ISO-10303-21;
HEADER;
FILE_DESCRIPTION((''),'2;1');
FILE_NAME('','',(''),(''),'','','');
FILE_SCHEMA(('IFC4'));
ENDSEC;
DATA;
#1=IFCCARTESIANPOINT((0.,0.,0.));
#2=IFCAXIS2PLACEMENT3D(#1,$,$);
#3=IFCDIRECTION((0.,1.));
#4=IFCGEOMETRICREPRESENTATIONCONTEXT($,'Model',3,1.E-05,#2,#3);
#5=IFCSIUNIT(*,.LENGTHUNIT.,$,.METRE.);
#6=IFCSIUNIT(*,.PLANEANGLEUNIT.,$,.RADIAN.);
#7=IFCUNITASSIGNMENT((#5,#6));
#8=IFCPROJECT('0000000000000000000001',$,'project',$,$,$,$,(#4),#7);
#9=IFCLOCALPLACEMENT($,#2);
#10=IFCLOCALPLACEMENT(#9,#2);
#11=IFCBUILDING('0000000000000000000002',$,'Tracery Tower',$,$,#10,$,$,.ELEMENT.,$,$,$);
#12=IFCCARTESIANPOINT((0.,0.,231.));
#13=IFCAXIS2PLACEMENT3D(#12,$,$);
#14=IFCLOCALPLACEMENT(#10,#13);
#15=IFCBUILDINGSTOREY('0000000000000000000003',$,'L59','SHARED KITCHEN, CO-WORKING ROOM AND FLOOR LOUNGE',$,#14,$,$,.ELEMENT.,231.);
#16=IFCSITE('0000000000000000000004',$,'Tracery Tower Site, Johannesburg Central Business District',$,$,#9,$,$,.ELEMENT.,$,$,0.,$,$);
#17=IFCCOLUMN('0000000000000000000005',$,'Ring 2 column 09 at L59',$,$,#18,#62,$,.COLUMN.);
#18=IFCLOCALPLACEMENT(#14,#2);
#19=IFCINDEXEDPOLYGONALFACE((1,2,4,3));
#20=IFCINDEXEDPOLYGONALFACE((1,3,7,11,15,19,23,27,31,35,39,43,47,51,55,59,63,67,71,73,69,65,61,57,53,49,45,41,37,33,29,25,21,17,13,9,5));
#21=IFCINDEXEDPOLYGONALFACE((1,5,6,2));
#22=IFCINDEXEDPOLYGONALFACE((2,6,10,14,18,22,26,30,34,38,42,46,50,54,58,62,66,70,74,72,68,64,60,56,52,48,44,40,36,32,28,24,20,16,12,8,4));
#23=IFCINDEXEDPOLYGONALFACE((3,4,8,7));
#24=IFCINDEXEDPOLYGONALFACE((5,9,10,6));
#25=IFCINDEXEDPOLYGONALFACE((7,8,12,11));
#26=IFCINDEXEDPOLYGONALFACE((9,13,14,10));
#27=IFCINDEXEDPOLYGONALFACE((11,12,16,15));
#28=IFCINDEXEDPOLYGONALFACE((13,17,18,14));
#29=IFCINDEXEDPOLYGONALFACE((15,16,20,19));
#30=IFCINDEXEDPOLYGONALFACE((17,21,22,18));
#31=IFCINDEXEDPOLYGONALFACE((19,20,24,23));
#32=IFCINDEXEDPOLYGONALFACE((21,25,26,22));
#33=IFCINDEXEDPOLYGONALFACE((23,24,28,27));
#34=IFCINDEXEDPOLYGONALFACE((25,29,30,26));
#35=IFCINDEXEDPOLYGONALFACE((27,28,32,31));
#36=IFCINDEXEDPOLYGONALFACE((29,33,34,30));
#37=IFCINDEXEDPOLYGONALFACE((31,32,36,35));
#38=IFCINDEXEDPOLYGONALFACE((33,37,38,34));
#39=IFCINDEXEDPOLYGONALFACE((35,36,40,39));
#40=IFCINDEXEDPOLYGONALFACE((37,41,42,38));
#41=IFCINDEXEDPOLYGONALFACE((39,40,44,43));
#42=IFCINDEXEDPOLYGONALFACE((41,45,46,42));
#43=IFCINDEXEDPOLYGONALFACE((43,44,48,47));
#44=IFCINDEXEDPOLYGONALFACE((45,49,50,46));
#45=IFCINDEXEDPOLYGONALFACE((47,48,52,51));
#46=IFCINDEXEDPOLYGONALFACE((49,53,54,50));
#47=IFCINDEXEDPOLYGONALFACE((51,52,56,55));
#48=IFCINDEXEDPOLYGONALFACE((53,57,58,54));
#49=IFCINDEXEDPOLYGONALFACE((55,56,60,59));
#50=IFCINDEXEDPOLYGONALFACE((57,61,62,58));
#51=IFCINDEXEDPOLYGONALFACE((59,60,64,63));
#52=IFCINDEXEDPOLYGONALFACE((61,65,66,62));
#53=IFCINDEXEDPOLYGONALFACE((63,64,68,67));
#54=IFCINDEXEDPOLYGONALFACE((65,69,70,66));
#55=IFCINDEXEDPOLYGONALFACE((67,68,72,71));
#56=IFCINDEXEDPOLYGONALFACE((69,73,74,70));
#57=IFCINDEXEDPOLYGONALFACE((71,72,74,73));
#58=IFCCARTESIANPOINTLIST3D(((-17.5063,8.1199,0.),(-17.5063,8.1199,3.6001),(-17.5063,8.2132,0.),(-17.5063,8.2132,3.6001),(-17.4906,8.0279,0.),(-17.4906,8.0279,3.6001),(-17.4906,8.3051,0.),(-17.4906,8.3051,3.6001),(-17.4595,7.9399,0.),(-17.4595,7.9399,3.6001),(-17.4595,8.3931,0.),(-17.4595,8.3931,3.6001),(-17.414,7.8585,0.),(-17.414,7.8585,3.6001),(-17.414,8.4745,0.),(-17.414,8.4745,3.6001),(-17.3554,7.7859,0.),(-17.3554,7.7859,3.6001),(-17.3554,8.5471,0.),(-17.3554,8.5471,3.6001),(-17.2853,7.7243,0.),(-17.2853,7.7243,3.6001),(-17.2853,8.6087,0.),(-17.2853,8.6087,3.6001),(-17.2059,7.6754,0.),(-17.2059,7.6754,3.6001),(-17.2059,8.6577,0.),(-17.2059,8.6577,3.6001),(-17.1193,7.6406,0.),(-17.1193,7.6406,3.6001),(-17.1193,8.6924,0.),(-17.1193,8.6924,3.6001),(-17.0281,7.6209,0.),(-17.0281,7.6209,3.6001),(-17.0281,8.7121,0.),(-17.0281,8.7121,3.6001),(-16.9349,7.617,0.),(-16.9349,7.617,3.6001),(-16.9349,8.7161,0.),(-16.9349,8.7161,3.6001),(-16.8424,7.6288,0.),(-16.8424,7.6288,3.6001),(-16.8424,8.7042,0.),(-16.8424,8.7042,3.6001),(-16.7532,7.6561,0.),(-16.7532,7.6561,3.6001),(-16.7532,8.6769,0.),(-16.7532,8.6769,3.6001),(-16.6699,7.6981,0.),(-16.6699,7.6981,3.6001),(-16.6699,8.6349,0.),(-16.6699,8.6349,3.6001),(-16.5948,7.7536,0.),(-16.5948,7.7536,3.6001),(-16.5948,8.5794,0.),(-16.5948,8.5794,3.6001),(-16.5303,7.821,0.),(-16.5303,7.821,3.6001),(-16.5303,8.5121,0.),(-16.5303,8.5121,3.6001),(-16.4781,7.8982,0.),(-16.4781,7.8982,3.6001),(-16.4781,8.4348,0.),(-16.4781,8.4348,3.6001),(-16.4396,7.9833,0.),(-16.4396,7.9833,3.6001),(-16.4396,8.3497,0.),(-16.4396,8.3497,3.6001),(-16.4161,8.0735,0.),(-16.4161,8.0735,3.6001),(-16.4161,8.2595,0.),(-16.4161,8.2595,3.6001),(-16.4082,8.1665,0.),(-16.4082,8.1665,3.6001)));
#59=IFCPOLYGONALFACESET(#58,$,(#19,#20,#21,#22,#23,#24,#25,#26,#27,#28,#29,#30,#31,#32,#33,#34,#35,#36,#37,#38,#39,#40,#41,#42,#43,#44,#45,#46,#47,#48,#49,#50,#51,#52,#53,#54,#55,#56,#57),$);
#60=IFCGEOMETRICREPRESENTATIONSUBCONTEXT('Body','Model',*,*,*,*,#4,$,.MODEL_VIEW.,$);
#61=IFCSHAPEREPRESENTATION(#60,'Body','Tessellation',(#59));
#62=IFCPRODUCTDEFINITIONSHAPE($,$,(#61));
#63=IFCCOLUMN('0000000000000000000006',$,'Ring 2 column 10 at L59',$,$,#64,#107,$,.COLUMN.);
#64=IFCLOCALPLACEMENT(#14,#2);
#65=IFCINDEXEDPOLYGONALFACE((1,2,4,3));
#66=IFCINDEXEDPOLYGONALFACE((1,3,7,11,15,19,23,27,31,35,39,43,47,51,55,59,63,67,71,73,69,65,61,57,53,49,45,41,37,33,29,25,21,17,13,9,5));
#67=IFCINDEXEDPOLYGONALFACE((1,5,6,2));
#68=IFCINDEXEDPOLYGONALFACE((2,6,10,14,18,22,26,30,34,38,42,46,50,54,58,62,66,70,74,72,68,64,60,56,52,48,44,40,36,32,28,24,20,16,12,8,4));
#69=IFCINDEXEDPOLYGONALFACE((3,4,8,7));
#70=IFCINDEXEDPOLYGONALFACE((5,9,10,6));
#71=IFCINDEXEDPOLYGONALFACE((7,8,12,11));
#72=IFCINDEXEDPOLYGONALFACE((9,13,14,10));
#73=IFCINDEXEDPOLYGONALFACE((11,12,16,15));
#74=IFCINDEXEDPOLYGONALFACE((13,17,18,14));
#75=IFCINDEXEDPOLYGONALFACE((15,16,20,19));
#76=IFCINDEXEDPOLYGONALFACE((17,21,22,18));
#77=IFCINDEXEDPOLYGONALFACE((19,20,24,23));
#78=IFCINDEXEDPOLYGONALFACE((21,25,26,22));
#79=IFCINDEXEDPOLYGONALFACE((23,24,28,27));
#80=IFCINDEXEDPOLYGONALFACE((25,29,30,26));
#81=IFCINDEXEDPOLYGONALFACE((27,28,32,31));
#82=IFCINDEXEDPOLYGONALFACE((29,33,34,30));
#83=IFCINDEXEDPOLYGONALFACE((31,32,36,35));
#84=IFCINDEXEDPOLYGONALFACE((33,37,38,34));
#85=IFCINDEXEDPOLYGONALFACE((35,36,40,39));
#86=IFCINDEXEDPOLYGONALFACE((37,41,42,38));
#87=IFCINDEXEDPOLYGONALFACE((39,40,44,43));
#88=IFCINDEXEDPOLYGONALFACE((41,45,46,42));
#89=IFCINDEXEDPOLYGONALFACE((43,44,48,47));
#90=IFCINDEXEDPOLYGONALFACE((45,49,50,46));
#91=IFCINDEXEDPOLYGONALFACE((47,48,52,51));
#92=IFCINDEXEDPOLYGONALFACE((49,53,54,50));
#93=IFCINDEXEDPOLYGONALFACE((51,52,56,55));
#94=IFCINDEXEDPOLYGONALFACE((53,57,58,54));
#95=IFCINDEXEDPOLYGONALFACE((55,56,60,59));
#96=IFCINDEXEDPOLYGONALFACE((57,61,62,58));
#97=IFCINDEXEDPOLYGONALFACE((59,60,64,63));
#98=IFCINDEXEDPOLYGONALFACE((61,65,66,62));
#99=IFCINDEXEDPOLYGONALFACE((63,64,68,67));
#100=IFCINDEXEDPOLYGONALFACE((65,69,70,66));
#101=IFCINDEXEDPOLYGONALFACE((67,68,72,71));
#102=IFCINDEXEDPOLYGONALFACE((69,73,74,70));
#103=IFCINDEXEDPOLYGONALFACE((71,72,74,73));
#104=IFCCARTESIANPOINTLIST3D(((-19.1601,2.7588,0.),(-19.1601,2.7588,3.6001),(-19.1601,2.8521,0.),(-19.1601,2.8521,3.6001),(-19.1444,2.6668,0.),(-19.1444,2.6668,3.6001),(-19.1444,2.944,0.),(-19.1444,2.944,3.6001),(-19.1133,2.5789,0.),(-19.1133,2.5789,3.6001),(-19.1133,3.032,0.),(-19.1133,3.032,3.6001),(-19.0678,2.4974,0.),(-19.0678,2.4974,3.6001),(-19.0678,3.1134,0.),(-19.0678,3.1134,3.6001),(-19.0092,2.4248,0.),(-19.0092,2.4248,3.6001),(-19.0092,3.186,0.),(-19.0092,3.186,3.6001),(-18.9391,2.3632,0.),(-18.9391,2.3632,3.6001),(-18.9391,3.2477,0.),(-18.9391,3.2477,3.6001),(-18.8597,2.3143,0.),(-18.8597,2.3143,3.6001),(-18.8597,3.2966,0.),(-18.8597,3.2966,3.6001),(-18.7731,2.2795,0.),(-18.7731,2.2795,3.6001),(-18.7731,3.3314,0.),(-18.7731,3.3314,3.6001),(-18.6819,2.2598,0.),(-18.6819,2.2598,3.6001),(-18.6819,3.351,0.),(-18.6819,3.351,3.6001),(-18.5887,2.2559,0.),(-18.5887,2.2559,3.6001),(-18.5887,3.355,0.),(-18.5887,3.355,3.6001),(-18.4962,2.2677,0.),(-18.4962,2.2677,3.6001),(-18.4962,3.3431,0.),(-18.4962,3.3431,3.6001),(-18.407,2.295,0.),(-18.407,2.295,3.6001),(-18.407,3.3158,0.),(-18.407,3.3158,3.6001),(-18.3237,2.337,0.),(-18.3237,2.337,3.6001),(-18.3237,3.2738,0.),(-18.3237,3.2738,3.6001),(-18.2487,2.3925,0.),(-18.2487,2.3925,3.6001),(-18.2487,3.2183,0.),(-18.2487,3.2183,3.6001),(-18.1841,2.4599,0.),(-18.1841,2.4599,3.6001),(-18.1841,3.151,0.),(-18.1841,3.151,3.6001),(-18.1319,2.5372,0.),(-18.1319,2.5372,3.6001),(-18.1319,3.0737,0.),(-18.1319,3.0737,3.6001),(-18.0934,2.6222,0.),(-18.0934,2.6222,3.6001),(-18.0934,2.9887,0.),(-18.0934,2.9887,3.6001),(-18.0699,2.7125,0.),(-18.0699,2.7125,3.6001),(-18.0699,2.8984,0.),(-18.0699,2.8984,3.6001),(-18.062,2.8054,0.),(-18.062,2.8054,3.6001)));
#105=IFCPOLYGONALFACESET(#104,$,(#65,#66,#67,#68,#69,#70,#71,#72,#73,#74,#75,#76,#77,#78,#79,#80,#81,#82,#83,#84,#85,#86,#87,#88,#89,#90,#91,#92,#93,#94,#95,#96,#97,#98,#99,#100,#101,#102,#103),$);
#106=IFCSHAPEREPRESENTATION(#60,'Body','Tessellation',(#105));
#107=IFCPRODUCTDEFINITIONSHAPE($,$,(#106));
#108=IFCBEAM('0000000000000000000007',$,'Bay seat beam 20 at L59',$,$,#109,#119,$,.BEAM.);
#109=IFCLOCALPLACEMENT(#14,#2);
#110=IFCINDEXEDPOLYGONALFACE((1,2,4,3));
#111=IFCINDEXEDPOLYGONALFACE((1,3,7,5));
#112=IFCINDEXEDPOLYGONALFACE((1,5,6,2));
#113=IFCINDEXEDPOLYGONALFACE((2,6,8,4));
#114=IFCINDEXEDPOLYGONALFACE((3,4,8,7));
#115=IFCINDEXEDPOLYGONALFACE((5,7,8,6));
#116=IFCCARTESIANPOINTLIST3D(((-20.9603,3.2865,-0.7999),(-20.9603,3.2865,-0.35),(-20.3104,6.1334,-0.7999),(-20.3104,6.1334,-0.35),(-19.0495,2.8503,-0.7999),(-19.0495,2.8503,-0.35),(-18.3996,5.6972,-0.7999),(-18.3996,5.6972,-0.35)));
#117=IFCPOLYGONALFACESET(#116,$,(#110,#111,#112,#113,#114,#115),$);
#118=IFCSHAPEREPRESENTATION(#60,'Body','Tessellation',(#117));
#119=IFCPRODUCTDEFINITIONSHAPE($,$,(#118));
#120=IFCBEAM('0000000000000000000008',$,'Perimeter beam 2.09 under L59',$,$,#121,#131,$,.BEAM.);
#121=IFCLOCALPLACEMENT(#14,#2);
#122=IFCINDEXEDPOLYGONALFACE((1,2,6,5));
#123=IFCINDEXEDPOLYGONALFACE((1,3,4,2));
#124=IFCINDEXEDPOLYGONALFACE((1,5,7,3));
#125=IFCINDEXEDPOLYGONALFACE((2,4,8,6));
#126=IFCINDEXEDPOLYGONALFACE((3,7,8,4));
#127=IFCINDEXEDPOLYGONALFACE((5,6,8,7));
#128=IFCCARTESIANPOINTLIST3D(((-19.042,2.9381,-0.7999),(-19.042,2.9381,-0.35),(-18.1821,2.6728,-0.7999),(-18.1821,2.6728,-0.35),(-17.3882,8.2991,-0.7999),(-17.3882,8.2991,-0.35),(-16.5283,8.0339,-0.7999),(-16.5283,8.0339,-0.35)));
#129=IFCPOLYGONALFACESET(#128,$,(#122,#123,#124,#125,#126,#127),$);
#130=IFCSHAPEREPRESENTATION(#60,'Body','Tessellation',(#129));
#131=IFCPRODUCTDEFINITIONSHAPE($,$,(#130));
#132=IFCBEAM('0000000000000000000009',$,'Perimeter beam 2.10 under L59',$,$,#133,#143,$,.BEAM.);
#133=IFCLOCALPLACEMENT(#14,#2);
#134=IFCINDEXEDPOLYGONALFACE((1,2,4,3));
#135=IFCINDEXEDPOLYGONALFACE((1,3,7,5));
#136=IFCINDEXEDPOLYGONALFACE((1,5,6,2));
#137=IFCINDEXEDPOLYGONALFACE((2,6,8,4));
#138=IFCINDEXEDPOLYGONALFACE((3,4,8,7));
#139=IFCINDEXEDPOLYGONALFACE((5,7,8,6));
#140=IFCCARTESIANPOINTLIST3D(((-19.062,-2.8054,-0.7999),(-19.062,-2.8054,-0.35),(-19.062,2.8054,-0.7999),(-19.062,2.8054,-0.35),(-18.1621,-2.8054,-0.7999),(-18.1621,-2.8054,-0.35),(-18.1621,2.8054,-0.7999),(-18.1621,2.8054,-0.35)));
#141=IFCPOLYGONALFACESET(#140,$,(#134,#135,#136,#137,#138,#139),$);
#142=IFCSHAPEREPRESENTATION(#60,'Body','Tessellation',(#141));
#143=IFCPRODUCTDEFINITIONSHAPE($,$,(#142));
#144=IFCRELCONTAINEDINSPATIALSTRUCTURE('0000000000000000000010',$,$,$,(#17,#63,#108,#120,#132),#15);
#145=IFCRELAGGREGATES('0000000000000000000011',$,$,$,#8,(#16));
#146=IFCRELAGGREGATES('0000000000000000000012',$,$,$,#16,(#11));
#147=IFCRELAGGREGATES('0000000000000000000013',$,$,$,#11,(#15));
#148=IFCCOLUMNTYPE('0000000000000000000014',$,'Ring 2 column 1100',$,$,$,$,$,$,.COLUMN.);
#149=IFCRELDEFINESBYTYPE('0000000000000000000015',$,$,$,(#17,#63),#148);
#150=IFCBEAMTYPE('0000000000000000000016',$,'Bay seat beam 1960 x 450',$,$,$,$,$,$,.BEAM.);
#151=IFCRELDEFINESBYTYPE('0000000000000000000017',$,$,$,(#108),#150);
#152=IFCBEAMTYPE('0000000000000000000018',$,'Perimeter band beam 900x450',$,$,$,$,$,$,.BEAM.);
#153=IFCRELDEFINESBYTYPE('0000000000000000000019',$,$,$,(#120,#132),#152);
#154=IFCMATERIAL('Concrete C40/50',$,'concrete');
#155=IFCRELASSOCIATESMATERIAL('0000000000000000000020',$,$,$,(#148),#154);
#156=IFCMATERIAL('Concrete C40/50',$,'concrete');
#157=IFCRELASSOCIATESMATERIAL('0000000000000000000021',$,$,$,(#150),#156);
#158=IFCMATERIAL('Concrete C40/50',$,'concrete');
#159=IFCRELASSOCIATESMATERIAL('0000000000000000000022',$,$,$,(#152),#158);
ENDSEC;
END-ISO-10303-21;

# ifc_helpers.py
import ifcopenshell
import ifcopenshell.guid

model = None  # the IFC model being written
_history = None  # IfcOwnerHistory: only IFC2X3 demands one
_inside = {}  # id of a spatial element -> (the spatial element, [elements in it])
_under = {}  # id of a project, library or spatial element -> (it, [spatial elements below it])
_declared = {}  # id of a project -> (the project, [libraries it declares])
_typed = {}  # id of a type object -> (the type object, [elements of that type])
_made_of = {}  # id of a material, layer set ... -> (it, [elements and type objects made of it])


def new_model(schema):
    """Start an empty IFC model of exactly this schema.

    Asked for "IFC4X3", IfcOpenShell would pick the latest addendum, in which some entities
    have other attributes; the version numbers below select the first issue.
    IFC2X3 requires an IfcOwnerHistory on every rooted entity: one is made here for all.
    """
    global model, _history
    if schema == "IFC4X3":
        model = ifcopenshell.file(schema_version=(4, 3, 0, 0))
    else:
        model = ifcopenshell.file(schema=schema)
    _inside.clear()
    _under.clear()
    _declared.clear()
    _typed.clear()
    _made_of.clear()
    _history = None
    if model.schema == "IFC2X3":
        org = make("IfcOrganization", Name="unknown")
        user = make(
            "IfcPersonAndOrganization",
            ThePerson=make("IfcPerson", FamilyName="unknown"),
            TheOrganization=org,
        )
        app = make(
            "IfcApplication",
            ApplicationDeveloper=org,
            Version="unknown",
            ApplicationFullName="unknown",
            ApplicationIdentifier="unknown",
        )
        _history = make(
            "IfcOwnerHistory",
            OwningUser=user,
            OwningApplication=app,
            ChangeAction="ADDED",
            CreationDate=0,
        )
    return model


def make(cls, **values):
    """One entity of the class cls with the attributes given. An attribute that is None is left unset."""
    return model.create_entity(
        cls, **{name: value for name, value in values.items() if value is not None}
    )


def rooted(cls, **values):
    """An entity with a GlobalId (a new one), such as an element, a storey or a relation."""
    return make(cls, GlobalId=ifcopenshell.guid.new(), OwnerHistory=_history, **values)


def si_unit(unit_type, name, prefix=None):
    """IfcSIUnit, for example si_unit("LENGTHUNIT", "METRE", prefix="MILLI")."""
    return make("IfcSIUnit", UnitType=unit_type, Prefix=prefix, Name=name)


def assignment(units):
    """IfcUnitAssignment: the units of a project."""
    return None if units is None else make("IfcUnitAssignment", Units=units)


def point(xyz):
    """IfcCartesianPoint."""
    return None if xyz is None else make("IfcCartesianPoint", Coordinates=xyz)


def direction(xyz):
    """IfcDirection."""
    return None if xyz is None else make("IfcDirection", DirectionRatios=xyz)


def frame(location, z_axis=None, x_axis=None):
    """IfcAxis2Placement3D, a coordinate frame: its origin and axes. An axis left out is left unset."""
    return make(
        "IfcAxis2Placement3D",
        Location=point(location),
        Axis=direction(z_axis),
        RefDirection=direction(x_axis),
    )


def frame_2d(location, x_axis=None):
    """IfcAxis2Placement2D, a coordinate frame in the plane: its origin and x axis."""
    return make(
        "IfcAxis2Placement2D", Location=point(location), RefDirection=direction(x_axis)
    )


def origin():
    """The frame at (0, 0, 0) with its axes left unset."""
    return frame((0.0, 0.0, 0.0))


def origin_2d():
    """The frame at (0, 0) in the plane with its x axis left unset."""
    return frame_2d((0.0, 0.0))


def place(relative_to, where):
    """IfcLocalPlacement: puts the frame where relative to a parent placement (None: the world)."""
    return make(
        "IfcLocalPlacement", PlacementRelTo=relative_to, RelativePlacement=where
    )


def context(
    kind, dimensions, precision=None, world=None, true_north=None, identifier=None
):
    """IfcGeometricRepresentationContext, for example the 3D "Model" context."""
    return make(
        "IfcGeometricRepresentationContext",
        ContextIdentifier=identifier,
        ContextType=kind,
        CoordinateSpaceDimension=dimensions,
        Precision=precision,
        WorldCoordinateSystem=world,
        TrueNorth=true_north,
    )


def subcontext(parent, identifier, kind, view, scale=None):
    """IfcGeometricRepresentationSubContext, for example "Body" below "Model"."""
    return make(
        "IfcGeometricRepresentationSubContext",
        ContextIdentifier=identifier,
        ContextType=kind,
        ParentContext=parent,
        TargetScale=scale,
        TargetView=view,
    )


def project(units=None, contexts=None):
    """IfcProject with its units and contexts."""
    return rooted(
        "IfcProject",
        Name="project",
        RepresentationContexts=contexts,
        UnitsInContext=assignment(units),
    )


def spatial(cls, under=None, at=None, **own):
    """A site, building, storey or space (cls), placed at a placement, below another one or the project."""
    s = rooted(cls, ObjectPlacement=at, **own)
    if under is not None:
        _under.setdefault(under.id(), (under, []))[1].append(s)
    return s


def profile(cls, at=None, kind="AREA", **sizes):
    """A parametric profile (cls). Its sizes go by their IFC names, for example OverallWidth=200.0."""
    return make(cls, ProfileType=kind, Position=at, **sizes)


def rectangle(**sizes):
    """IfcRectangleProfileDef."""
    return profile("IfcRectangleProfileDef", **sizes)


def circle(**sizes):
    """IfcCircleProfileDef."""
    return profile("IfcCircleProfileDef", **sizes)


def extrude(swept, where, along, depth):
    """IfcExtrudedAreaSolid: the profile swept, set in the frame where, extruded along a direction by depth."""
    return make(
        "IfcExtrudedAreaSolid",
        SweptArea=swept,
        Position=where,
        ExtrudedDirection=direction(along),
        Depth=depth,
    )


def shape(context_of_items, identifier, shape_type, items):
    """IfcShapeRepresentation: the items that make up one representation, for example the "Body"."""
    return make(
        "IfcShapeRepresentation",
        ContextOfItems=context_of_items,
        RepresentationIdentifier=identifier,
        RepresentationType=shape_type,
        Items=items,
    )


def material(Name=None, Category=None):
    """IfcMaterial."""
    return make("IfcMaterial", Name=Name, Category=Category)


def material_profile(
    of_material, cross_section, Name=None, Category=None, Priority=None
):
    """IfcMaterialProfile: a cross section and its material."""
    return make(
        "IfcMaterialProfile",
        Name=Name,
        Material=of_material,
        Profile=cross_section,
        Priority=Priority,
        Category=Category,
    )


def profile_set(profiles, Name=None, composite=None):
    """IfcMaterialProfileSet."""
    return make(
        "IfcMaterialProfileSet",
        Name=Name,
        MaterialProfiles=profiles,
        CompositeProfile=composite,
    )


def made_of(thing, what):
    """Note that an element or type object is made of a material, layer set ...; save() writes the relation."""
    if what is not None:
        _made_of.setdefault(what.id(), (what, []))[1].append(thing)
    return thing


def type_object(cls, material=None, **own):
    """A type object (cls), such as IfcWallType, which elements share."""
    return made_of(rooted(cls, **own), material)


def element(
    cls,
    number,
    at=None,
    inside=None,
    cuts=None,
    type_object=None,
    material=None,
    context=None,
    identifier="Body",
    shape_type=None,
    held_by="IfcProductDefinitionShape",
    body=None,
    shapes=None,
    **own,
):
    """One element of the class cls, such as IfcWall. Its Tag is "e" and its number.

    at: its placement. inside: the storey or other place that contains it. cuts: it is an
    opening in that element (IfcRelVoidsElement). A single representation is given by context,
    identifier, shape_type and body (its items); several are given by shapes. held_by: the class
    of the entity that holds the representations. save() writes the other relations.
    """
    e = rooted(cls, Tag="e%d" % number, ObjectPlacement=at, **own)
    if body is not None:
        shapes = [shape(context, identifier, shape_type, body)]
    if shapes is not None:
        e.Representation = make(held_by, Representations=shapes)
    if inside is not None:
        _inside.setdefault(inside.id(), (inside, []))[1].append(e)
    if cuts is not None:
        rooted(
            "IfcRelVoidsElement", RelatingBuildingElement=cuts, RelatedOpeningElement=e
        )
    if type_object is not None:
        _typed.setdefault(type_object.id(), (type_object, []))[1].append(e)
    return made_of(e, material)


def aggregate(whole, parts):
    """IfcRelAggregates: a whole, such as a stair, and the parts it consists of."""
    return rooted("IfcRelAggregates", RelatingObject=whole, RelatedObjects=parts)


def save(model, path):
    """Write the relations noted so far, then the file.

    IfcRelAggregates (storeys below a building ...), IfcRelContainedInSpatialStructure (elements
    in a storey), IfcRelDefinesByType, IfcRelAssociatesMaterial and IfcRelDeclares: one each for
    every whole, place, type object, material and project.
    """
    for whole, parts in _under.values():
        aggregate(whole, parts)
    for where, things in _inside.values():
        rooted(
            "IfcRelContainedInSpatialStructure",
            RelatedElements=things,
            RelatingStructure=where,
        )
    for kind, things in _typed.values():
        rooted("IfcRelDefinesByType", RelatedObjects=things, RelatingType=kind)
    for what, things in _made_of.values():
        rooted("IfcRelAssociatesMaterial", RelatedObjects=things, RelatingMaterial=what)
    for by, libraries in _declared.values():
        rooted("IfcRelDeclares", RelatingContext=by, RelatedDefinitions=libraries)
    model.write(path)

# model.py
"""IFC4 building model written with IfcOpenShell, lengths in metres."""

from ifc_helpers import new_model, si_unit, direction, frame, origin, origin_2d, place, context, subcontext, project, spatial, rectangle, circle, extrude, material, material_profile, profile_set, type_object, element, save


model = new_model("IFC4")

# Units and contexts
model_context = context("Model", 3, precision=1e-05, world=origin(), true_north=direction((0.0, 1.0)))
body_context = subcontext(model_context, "Body", "Model", "MODEL_VIEW")
ifc_project = project(units=[si_unit("LENGTHUNIT", "METRE"), si_unit("PLANEANGLEUNIT", "RADIAN")], contexts=[model_context])

# Site, building, storey
site_placement = place(None, origin())
site = spatial("IfcSite", under=ifc_project, at=site_placement, Name="Tracery Tower Site, Johannesburg Central Business District", CompositionType="ELEMENT", RefElevation=0.0)
building_placement = place(site_placement, origin())
building = spatial("IfcBuilding", under=site, at=building_placement, Name="Tracery Tower", CompositionType="ELEMENT")
storey_placement = place(building_placement, frame((0.0, 0.0, 231.0)))
storey = spatial("IfcBuildingStorey", under=building, at=storey_placement, Name="L59", Description="SHARED KITCHEN, CO-WORKING ROOM AND FLOOR LOUNGE", CompositionType="ELEMENT", Elevation=231.0)

# Columns
ifc_material_1 = material(Name="Concrete C40/50", Category="concrete")
ifc_material_profile_1 = material_profile(ifc_material_1, circle(Radius=0.55, at=origin_2d()), Name="RC D1100")
ifc_profile_set_1 = profile_set([ifc_material_profile_1], Name="Concrete C40/50")
column_type = type_object("IfcColumnType", Name="Ring 2 column 1100", PredefinedType="COLUMN", material=ifc_profile_set_1)
for number, where, z_axis, x_axis, name in (
    (1, (-16.9583, 8.1665, 0.0), (0.0, 0.0, 1.0), (1.0, 0.0, 0.0), "Ring 2 column 09 at L59"),
    (2, (-18.6121, 2.8054, 0.0), (0.0, 0.0, 1.0), (1.0, 0.0, 0.0), "Ring 2 column 10 at L59"),
):
    element("IfcColumn", number, at=place(storey_placement, frame(where, z_axis=z_axis, x_axis=x_axis)), inside=storey, type_object=column_type, Name=name, PredefinedType="COLUMN", context=body_context, shape_type="SweptSolid", body=[
        extrude(circle(Radius=0.55, at=origin_2d()), origin(), (0.0, 0.0, 1.0), 3.6001),
    ])

# Beams
ifc_material_2 = material(Name="Concrete C40/50", Category="concrete")
ifc_material_profile_2 = material_profile(ifc_material_2, rectangle(XDim=1.96, YDim=0.45, at=origin_2d()), Name="RC 1960x450")
ifc_profile_set_2 = profile_set([ifc_material_profile_2], Name="Concrete C40/50")
beam_type_1 = type_object("IfcBeamType", Name="Bay seat beam 1960 x 450", PredefinedType="BEAM", material=ifc_profile_set_2)
beam_1_placement = place(storey_placement, frame((-19.355, 5.9153, -0.575), z_axis=(-0.222557, -0.97492, 0.0), x_axis=(0.97492, -0.222557, 0.0)))
element("IfcBeam", 3, at=beam_1_placement, inside=storey, type_object=beam_type_1, Name="Bay seat beam 20 at L59", PredefinedType="BEAM", context=body_context, shape_type="SweptSolid", body=[
    extrude(rectangle(XDim=1.96, YDim=0.45, at=origin_2d()), origin(), (0.0, 0.0, 1.0), 2.9202),
])
ifc_material_3 = material(Name="Concrete C40/50", Category="concrete")
ifc_material_profile_3 = material_profile(ifc_material_3, rectangle(XDim=0.8999, YDim=0.45, at=origin_2d()), Name="RC 900x450")
ifc_profile_set_3 = profile_set([ifc_material_profile_3], Name="Concrete C40/50")
beam_type_2 = type_object("IfcBeamType", Name="Perimeter band beam 900x450", PredefinedType="BEAM", material=ifc_profile_set_3)
beam_2_placement = place(storey_placement, frame((-16.9583, 8.1665, -0.575), z_axis=(-0.294777, -0.955566, 0.0), x_axis=(0.955566, -0.294777, 0.0)))
element("IfcBeam", 4, at=beam_2_placement, inside=storey, type_object=beam_type_2, Name="Perimeter beam 2.09 under L59", PredefinedType="BEAM", context=body_context, shape_type="SweptSolid", body=[
    extrude(rectangle(XDim=0.8999, YDim=0.45, at=origin_2d()), origin(), (0.0, 0.0, 1.0), 5.6104),
])
beam_3_placement = place(storey_placement, frame((-18.6121, 2.8054, -0.575), z_axis=(0.0, -1.0, 0.0), x_axis=(1.0, 0.0, 0.0)))
element("IfcBeam", 5, at=beam_3_placement, inside=storey, type_object=beam_type_2, Name="Perimeter beam 2.10 under L59", PredefinedType="BEAM", context=body_context, shape_type="SweptSolid", body=[
    extrude(rectangle(XDim=0.8999, YDim=0.45, at=origin_2d()), origin(), (0.0, 0.0, 1.0), 5.6108),
])

save(model, "model.ifc")
